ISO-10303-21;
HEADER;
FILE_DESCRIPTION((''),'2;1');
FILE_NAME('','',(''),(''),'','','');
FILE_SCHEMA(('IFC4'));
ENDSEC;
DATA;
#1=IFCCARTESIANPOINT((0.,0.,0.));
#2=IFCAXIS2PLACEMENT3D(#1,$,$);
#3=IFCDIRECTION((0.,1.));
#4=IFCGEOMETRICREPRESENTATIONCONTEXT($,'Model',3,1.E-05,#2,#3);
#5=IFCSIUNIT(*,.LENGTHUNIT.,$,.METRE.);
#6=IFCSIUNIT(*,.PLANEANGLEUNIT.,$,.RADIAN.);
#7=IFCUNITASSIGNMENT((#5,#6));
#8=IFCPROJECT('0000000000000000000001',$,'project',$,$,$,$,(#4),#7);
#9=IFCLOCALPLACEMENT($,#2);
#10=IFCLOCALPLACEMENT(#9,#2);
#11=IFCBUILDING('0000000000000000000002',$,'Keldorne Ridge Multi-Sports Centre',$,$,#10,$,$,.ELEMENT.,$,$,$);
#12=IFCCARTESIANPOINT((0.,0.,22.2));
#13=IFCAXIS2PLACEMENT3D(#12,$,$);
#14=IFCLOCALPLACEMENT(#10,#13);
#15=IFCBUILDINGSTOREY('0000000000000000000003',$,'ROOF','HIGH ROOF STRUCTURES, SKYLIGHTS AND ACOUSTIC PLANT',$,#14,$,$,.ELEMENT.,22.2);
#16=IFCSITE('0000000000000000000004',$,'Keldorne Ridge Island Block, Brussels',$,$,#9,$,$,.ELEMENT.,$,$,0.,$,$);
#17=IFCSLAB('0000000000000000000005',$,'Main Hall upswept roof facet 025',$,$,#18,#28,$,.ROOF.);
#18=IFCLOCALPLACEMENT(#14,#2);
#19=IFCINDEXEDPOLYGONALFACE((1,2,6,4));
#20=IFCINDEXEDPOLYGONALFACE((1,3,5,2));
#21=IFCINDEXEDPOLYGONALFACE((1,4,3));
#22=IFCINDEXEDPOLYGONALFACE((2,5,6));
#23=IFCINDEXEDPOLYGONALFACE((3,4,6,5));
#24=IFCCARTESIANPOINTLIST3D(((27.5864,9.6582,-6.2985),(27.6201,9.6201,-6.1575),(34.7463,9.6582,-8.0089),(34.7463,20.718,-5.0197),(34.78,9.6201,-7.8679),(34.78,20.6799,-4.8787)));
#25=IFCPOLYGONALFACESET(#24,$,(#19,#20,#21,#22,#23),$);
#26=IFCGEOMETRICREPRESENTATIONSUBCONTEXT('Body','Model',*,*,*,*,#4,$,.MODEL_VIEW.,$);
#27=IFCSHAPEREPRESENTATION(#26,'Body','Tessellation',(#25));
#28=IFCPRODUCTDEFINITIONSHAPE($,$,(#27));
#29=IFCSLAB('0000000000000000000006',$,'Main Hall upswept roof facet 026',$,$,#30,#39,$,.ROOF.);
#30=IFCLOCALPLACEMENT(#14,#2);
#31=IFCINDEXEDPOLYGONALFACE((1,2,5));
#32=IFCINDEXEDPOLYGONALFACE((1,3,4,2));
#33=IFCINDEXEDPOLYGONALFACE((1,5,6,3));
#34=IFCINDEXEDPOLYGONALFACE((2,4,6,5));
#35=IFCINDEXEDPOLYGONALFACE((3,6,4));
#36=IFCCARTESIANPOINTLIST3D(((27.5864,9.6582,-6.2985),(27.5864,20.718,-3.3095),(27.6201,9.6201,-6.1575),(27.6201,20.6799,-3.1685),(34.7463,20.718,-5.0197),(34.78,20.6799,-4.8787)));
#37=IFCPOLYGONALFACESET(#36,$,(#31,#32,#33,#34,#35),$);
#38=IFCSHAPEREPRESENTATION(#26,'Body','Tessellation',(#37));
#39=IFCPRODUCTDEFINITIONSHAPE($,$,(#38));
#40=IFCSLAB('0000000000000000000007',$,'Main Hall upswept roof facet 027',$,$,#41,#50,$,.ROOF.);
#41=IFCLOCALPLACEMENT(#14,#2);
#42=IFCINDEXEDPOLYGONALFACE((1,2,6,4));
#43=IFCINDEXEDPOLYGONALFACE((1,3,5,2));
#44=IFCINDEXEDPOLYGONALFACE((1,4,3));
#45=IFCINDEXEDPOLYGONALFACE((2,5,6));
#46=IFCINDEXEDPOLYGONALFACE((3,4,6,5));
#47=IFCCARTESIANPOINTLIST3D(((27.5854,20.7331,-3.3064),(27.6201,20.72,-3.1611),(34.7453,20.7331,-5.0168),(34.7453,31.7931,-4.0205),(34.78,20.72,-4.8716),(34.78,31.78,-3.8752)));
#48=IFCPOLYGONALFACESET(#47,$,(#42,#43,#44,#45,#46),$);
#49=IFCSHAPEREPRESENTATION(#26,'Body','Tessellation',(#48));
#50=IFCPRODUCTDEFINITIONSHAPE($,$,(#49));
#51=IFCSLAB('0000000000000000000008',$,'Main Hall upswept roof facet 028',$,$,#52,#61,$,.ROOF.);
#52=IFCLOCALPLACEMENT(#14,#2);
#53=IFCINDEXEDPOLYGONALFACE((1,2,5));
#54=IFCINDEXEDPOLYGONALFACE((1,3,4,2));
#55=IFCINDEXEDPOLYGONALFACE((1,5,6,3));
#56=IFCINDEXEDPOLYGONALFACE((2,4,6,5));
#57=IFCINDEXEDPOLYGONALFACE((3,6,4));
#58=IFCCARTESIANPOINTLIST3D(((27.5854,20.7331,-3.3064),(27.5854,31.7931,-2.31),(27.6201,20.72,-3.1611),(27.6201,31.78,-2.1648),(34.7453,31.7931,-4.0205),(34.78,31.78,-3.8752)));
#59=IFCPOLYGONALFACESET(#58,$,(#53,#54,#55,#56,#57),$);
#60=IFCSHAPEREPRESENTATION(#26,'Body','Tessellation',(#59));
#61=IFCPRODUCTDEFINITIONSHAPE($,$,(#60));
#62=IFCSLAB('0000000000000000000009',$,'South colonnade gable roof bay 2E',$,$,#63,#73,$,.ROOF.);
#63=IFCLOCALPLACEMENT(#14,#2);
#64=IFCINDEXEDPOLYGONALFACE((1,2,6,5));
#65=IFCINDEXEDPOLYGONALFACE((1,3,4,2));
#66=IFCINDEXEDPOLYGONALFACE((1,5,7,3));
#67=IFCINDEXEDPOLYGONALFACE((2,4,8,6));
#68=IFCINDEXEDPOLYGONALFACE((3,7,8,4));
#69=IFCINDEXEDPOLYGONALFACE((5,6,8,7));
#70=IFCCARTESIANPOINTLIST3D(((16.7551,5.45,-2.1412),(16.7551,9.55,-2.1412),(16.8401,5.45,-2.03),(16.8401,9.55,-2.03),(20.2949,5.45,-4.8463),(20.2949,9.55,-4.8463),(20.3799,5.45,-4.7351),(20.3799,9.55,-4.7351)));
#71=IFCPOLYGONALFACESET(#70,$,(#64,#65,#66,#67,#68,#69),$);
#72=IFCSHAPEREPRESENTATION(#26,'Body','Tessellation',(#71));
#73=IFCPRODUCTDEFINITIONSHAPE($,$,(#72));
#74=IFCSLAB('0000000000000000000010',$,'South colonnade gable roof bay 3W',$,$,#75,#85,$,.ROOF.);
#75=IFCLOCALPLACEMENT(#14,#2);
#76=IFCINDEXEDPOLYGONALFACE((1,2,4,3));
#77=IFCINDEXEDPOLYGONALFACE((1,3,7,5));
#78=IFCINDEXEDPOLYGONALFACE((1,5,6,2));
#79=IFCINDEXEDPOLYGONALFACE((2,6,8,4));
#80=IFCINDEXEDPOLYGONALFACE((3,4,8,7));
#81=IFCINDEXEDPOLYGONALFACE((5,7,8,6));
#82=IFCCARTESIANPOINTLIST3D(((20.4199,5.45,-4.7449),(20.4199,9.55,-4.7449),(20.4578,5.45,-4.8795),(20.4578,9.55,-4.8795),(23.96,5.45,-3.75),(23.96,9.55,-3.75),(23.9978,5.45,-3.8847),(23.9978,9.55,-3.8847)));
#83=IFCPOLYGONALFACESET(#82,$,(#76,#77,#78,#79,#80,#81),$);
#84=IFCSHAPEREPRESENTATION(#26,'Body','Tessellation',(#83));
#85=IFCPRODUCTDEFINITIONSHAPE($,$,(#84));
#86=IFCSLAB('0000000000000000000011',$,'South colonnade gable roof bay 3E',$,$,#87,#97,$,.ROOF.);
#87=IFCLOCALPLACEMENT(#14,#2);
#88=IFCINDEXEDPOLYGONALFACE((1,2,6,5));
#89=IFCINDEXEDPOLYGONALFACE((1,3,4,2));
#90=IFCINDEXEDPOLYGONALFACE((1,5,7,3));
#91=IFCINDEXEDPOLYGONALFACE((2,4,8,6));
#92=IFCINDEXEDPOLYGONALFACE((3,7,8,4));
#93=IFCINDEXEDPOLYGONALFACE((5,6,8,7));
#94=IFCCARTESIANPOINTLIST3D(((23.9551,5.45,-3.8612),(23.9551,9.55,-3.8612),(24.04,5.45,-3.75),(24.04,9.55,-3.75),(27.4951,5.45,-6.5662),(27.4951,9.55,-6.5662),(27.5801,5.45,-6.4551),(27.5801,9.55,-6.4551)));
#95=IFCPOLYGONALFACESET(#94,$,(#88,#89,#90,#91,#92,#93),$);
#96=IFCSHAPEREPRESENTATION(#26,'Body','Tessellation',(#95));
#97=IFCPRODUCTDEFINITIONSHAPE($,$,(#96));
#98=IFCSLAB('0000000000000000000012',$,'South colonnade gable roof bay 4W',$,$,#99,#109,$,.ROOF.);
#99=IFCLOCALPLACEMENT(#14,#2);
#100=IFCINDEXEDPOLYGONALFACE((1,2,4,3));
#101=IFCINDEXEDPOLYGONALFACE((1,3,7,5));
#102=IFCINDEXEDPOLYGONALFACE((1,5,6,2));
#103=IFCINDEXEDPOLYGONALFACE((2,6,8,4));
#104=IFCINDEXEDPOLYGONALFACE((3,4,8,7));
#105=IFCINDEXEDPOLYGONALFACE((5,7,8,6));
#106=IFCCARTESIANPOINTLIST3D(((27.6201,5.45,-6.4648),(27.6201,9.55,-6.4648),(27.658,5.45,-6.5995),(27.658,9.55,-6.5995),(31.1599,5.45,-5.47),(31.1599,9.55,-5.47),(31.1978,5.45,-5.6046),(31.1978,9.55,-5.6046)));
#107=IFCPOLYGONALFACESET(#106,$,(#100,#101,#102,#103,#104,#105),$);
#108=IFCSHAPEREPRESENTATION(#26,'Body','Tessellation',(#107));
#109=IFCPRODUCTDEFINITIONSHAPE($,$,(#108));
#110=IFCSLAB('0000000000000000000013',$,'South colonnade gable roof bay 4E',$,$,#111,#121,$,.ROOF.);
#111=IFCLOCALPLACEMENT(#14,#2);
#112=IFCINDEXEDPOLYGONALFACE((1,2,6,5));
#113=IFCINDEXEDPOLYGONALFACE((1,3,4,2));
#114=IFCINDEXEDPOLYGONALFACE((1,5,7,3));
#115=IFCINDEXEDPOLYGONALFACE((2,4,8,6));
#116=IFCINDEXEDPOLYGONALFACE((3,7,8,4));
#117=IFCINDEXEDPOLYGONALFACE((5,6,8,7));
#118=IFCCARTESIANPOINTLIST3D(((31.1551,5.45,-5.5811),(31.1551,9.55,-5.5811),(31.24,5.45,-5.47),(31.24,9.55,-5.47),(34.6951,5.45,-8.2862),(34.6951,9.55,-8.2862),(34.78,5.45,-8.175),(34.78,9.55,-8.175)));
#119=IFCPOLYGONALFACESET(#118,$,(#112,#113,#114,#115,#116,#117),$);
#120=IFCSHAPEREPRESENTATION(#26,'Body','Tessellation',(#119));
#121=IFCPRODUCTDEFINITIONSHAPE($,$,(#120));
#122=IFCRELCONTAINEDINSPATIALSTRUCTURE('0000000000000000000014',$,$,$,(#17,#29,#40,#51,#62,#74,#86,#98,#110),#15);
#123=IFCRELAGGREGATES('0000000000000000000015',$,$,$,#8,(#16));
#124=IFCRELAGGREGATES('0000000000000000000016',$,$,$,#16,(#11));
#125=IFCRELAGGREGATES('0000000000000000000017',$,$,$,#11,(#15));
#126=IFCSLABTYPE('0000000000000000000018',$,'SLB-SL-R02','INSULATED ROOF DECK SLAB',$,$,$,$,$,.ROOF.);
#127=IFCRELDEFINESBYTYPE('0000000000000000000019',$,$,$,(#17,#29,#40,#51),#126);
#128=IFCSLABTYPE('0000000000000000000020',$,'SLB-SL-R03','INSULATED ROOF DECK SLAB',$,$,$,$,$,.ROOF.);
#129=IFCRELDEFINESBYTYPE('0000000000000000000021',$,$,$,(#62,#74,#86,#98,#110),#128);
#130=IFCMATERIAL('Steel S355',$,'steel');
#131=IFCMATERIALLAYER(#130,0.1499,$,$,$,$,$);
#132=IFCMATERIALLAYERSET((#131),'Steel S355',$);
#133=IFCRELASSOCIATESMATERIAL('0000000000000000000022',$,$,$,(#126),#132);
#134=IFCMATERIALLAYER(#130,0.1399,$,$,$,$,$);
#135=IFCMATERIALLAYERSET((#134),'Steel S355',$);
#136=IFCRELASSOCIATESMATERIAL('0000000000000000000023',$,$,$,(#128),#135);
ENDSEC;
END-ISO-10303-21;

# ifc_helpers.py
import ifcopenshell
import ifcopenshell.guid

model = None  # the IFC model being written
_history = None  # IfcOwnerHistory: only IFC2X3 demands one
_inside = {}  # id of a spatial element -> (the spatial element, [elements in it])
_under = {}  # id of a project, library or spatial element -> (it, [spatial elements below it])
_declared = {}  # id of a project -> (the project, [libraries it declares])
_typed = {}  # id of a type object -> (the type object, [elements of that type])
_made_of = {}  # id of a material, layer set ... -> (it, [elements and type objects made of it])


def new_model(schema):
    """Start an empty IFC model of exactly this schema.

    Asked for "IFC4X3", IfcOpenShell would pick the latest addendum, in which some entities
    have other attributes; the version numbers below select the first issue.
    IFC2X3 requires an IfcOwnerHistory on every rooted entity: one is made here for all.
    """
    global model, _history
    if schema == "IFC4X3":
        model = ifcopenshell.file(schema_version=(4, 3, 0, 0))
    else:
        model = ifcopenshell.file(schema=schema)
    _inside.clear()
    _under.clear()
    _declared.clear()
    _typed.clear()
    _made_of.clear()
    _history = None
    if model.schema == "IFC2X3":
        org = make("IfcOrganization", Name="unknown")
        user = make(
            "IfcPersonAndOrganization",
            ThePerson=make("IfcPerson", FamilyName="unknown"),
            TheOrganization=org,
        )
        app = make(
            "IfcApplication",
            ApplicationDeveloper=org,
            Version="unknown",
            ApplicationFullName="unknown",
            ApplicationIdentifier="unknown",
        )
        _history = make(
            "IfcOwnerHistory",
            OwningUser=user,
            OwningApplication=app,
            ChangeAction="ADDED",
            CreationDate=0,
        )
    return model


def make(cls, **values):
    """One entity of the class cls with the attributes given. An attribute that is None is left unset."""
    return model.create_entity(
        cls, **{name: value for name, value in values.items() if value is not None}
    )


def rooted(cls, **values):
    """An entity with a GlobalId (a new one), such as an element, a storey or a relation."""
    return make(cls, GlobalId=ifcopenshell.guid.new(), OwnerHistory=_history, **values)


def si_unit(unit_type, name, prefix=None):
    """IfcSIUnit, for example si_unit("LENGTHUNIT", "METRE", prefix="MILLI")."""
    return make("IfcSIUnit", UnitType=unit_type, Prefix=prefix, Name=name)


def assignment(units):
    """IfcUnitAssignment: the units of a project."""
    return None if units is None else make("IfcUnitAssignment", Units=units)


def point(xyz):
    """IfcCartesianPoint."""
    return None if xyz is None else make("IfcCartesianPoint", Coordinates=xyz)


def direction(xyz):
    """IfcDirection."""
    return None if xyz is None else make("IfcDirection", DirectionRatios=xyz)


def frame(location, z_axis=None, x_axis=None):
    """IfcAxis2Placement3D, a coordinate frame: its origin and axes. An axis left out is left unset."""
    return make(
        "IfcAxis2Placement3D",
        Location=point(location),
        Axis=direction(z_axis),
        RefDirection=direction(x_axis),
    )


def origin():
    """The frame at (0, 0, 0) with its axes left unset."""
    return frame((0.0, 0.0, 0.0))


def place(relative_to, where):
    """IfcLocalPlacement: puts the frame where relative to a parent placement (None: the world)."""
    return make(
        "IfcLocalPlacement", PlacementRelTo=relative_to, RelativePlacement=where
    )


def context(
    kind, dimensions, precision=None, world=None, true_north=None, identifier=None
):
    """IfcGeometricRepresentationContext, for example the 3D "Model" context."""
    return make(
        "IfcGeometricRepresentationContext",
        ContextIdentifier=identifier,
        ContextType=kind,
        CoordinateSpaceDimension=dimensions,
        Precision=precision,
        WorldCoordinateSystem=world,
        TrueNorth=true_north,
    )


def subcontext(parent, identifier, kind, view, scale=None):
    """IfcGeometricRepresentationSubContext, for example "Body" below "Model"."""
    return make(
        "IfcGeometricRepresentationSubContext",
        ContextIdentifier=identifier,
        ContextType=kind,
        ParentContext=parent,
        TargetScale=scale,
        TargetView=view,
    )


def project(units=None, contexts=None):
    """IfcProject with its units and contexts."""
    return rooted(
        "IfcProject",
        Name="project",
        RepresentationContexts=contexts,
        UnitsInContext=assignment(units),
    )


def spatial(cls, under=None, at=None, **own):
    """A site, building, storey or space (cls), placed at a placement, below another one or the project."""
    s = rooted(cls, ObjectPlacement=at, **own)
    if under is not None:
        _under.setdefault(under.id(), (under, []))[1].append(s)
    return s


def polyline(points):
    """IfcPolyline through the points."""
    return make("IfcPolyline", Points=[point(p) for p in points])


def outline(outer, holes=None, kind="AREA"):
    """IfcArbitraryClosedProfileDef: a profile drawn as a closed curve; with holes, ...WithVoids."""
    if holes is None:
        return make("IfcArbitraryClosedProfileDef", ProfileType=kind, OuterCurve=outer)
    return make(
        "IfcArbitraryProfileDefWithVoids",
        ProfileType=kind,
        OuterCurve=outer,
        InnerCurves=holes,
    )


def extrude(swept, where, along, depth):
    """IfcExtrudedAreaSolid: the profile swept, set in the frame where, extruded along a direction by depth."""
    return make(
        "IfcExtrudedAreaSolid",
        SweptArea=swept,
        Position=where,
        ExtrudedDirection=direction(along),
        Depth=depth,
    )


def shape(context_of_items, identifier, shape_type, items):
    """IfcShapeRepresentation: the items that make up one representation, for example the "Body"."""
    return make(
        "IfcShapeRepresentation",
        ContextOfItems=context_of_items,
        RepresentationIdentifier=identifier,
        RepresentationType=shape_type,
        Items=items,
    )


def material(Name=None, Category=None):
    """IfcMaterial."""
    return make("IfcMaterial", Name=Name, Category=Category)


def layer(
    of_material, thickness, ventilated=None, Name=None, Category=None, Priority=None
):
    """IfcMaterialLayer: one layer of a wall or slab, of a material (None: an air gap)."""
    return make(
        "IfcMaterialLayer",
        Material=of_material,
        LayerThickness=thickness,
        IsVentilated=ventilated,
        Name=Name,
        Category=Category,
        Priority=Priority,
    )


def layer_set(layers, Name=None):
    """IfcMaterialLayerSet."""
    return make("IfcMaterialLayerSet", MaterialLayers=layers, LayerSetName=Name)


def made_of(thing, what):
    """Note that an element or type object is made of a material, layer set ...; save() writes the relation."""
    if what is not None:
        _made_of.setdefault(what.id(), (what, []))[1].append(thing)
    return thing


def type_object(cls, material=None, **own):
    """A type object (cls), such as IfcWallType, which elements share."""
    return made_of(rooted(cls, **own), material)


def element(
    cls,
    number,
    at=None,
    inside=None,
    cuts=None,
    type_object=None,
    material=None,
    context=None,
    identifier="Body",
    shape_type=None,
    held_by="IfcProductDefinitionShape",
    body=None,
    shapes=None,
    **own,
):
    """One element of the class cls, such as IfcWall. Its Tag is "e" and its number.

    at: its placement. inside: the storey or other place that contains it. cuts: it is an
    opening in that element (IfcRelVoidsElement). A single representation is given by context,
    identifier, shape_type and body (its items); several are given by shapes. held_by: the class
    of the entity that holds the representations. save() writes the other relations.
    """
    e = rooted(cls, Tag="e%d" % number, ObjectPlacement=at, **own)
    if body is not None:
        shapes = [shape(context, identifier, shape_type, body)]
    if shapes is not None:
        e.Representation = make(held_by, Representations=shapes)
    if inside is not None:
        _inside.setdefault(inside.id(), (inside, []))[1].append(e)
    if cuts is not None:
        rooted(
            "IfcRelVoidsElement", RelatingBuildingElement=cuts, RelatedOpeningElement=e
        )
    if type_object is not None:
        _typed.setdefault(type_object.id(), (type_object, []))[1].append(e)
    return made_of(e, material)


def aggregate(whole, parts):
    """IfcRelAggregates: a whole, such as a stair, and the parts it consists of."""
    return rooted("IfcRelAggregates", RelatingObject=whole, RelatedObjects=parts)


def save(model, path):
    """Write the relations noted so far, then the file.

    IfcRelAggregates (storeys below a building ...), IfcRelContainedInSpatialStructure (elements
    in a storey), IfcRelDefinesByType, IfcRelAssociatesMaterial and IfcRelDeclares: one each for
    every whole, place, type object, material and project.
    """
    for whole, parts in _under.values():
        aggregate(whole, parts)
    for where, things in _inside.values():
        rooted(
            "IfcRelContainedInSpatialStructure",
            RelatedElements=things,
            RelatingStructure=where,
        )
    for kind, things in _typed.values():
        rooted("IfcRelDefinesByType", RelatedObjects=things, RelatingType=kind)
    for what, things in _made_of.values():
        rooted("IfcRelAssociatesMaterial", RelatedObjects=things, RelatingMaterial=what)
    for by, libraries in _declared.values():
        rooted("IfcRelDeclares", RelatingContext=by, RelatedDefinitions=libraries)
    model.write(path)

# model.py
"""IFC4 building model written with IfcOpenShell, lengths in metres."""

from ifc_helpers import new_model, si_unit, direction, frame, origin, place, context, subcontext, project, spatial, polyline, outline, extrude, material, layer, layer_set, type_object, element, save


model = new_model("IFC4")

# Units and contexts
model_context = context("Model", 3, precision=1e-05, world=origin(), true_north=direction((0.0, 1.0)))
body_context = subcontext(model_context, "Body", "Model", "MODEL_VIEW")
ifc_project = project(units=[si_unit("LENGTHUNIT", "METRE"), si_unit("PLANEANGLEUNIT", "RADIAN")], contexts=[model_context])

# Site, building, storey
site_placement = place(None, origin())
site = spatial("IfcSite", under=ifc_project, at=site_placement, Name="Keldorne Ridge Island Block, Brussels", CompositionType="ELEMENT", RefElevation=0.0)
building_placement = place(site_placement, origin())
building = spatial("IfcBuilding", under=site, at=building_placement, Name="Keldorne Ridge Multi-Sports Centre", CompositionType="ELEMENT")
storey_placement = place(building_placement, frame((0.0, 0.0, 22.2)))
storey = spatial("IfcBuildingStorey", under=building, at=storey_placement, Name="ROOF", Description="HIGH ROOF STRUCTURES, SKYLIGHTS AND ACOUSTIC PLANT", CompositionType="ELEMENT", Elevation=22.2)

# Shared definitions
ifc_material = material(Name="Steel S355", Category="steel")

# Slabs
ifc_layer_1 = layer(ifc_material, 0.1499)
ifc_layer_set_1 = layer_set([ifc_layer_1], Name="Steel S355")
slab_type_1 = type_object("IfcSlabType", Name="SLB-SL-R02", Description="INSULATED ROOF DECK SLAB", PredefinedType="ROOF", material=ifc_layer_set_1)
slab_1_placement = place(storey_placement, frame((27.6201, 9.6201, -6.1575), z_axis=(0.224719, -0.254245, 0.94067), x_axis=(0.972631, 0.0, -0.232354)))
element("IfcSlab", 1, at=slab_1_placement, inside=storey, type_object=slab_type_1, Name="Main Hall upswept roof facet 025", PredefinedType="ROOF", context=body_context, shape_type="SweptSolid", body=[
    extrude(outline(polyline([(0.0, 0.0), (7.3614, 0.0), (6.6668, 11.4356), (0.0, 0.0)])), origin(), (0.0, 0.0, -1.0), 0.1499),
])
slab_2_placement = place(storey_placement, frame((27.6201, 9.6201, -6.1575), z_axis=(0.22469, -0.254228, 0.940682), x_axis=(0.5409, 0.83552, 0.096608)))
element("IfcSlab", 2, at=slab_2_placement, inside=storey, type_object=slab_type_1, Name="Main Hall upswept roof facet 026", PredefinedType="ROOF", context=body_context, shape_type="SweptSolid", body=[
    extrude(outline(polyline([(0.0, 0.0), (13.237, 0.0), (9.5295, 6.3595), (0.0, 0.0)])), origin(), (0.0, 0.0, -1.0), 0.1499),
])
slab_3_placement = place(storey_placement, frame((27.6201, 20.72, -3.1611), z_axis=(0.231467, -0.087284, 0.968919), x_axis=(0.972631, 0.0, -0.232354)))
element("IfcSlab", 3, at=slab_3_placement, inside=storey, type_object=slab_type_1, Name="Main Hall upswept roof facet 027", PredefinedType="ROOF", context=body_context, shape_type="SweptSolid", body=[
    extrude(outline(polyline([(0.0, 0.0), (7.3614, 0.0), (7.1299, 11.1024), (0.0, 0.0)])), origin(), (0.0, 0.0, -1.0), 0.1499),
])
slab_4_placement = place(storey_placement, frame((27.6201, 20.72, -3.1611), z_axis=(0.231467, -0.087284, 0.968919), x_axis=(0.542637, 0.838222, -0.054121)))
element("IfcSlab", 4, at=slab_4_placement, inside=storey, type_object=slab_type_1, Name="Main Hall upswept roof facet 028", PredefinedType="ROOF", context=body_context, shape_type="SweptSolid", body=[
    extrude(outline(polyline([(0.0, 0.0), (13.1947, 0.0), (9.2169, 6.1941), (0.0, 0.0)])), origin(), (0.0, 0.0, -1.0), 0.1499),
])
ifc_layer_2 = layer(ifc_material, 0.1399)
ifc_layer_set_2 = layer_set([ifc_layer_2], Name="Steel S355")
slab_type_2 = type_object("IfcSlabType", Name="SLB-SL-R03", Description="INSULATED ROOF DECK SLAB", PredefinedType="ROOF", material=ifc_layer_set_2)
slab_5_placement = place(storey_placement, frame((16.8401, 5.45, -2.03), z_axis=(0.607192, 0.0, 0.794555), x_axis=(0.794555, 0.0, -0.607192)))
element("IfcSlab", 5, at=slab_5_placement, inside=storey, type_object=slab_type_2, Name="South colonnade gable roof bay 2E", PredefinedType="ROOF", context=body_context, shape_type="SweptSolid", body=[
    extrude(outline(polyline([(0.0, 0.0), (4.4551, 0.0), (4.4551, 4.1001), (0.0, 4.1001), (0.0, 0.0)])), origin(), (0.0, 0.0, -1.0), 0.1399),
])
slab_6_placement = place(storey_placement, frame((20.4199, 5.45, -4.7449), z_axis=(-0.270553, 0.0, 0.962705), x_axis=(0.962705, 0.0, 0.270553)))
element("IfcSlab", 6, at=slab_6_placement, inside=storey, type_object=slab_type_2, Name="South colonnade gable roof bay 3W", PredefinedType="ROOF", context=body_context, shape_type="SweptSolid", body=[
    extrude(outline(polyline([(0.0, 0.0), (3.6772, 0.0), (3.6772, 4.1001), (0.0, 4.1001), (0.0, 0.0)])), origin(), (0.0, 0.0, -1.0), 0.1399),
])
slab_7_placement = place(storey_placement, frame((24.04, 5.45, -3.75), z_axis=(0.607165, 0.0, 0.794576), x_axis=(0.794576, 0.0, -0.607165)))
element("IfcSlab", 7, at=slab_7_placement, inside=storey, type_object=slab_type_2, Name="South colonnade gable roof bay 3E", PredefinedType="ROOF", context=body_context, shape_type="SweptSolid", body=[
    extrude(outline(polyline([(0.0, 0.0), (4.4553, 0.0), (4.4553, 4.1001), (0.0, 4.1001), (0.0, 0.0)])), origin(), (0.0, 0.0, -1.0), 0.1399),
])
slab_8_placement = place(storey_placement, frame((27.6201, 5.45, -6.4648), z_axis=(-0.270571, 0.0, 0.9627), x_axis=(0.9627, 0.0, 0.270571)))
element("IfcSlab", 8, at=slab_8_placement, inside=storey, type_object=slab_type_2, Name="South colonnade gable roof bay 4W", PredefinedType="ROOF", context=body_context, shape_type="SweptSolid", body=[
    extrude(outline(polyline([(0.0, 0.0), (3.6769, 0.0), (3.6769, 4.1001), (0.0, 4.1001), (0.0, 0.0)])), origin(), (0.0, 0.0, -1.0), 0.1399),
])
slab_9_placement = place(storey_placement, frame((31.24, 5.45, -5.47), z_axis=(0.607165, 0.0, 0.794576), x_axis=(0.794576, 0.0, -0.607165)))
element("IfcSlab", 9, at=slab_9_placement, inside=storey, type_object=slab_type_2, Name="South colonnade gable roof bay 4E", PredefinedType="ROOF", context=body_context, shape_type="SweptSolid", body=[
    extrude(outline(polyline([(0.0, 0.0), (4.4553, 0.0), (4.4553, 4.1001), (0.0, 4.1001), (0.0, 0.0)])), origin(), (0.0, 0.0, -1.0), 0.1399),
])

save(model, "model.ifc")
